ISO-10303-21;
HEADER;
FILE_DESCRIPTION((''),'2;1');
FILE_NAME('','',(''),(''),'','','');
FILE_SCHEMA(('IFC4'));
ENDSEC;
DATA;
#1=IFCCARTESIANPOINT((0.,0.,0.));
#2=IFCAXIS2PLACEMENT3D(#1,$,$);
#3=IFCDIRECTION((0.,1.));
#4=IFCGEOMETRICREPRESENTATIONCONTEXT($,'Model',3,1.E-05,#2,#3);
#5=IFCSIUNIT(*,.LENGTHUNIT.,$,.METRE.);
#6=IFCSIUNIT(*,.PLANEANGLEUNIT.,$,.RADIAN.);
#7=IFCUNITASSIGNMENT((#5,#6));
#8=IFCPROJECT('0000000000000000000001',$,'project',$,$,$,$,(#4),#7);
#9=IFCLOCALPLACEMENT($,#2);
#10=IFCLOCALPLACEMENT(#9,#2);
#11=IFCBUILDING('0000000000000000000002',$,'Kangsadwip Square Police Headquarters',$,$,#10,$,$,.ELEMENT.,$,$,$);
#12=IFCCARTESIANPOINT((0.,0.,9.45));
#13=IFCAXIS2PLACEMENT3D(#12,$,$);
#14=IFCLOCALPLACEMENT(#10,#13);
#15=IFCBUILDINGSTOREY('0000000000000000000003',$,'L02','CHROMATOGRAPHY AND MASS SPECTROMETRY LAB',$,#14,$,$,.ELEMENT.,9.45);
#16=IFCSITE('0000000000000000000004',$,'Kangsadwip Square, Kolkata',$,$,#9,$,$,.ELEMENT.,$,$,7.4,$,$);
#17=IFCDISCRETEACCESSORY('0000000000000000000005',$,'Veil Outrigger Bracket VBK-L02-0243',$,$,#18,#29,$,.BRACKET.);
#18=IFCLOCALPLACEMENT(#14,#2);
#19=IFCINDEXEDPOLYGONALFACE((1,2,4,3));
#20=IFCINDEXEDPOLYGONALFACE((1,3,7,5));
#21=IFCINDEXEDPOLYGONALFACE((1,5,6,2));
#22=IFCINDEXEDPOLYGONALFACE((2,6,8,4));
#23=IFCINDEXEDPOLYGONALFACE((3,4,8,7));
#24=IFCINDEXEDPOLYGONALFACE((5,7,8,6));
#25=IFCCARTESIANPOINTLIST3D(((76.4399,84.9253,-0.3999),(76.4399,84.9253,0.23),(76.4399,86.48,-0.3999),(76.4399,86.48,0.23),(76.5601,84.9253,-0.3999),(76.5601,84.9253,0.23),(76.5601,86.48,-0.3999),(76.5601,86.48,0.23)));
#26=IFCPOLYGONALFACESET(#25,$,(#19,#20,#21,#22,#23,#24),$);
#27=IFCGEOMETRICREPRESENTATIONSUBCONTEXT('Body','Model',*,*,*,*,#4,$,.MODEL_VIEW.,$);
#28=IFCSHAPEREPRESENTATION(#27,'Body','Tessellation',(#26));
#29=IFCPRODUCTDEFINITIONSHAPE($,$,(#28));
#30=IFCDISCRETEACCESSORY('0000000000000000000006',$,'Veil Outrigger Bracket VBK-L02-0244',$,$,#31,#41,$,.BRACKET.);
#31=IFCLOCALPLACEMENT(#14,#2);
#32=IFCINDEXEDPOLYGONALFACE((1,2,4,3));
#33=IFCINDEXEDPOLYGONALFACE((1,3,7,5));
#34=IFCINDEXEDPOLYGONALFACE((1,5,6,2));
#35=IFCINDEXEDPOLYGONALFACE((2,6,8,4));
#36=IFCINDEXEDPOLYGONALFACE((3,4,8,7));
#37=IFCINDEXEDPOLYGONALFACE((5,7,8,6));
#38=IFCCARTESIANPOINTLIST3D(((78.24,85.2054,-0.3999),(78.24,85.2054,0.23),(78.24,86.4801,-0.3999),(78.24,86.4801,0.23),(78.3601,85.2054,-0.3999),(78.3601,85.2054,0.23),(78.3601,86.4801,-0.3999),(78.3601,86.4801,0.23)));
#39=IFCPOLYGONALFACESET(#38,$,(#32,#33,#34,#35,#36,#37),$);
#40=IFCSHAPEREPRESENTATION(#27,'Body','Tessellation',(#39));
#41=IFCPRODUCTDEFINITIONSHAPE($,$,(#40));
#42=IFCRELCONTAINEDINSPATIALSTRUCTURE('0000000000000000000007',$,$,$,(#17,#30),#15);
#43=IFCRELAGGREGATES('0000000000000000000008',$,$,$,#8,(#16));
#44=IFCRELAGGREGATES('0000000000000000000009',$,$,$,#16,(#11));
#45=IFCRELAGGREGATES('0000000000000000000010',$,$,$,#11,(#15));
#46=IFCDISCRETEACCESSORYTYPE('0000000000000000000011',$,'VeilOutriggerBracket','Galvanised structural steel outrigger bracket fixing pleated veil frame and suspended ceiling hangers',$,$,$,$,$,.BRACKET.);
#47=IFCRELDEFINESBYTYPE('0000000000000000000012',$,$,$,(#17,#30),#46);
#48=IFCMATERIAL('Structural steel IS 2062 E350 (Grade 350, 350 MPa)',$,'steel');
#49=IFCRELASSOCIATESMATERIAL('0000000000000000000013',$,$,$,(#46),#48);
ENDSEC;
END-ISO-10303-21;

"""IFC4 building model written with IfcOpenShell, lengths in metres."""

from ifc_helpers import new_model, si_unit, direction, frame, origin, origin_2d, place, context, subcontext, project, spatial, rectangle, extrude, material, type_object, element, save


model = new_model("IFC4")

# Units and contexts
model_context = context("Model", 3, precision=1e-05, world=origin(), true_north=direction((0.0, 1.0)))
body_context = subcontext(model_context, "Body", "Model", "MODEL_VIEW")
ifc_project = project(units=[si_unit("LENGTHUNIT", "METRE"), si_unit("PLANEANGLEUNIT", "RADIAN")], contexts=[model_context])

# Site, building, storey
site_placement = place(None, origin())
site = spatial("IfcSite", under=ifc_project, at=site_placement, Name="Kangsadwip Square, Kolkata", CompositionType="ELEMENT", RefElevation=7.4)
building_placement = place(site_placement, origin())
building = spatial("IfcBuilding", under=site, at=building_placement, Name="Kangsadwip Square Police Headquarters", CompositionType="ELEMENT")
storey_placement = place(building_placement, frame((0.0, 0.0, 9.45)))
storey = spatial("IfcBuildingStorey", under=building, at=storey_placement, Name="L02", Description="CHROMATOGRAPHY AND MASS SPECTROMETRY LAB", CompositionType="ELEMENT", Elevation=9.45)

# Discrete accessories
ifc_material_1 = material(Name="Structural steel IS 2062 E350 (Grade 350, 350 MPa)", Category="steel")
discrete_accessory_type = type_object("IfcDiscreteAccessoryType", Name="VeilOutriggerBracket", Description="Galvanised structural steel outrigger bracket fixing pleated veil frame and suspended ceiling hangers", PredefinedType="BRACKET", material=ifc_material_1)
discrete_accessory_1_placement = place(storey_placement, frame((76.5, 85.7026, -0.3999), z_axis=(0.0, 0.0, 1.0), x_axis=(1.0, 0.0, 0.0)))
element("IfcDiscreteAccessory", 1, at=discrete_accessory_1_placement, inside=storey, type_object=discrete_accessory_type, Name="Veil Outrigger Bracket VBK-L02-0243", PredefinedType="BRACKET", context=body_context, shape_type="SweptSolid", body=[
    extrude(rectangle(XDim=0.1201, YDim=1.5547, at=origin_2d()), origin(), (0.0, 0.0, 1.0), 0.6299),
])
discrete_accessory_2_placement = place(storey_placement, frame((78.3, 85.8428, -0.3999), z_axis=(0.0, 0.0, 1.0), x_axis=(1.0, 0.0, 0.0)))
element("IfcDiscreteAccessory", 2, at=discrete_accessory_2_placement, inside=storey, type_object=discrete_accessory_type, Name="Veil Outrigger Bracket VBK-L02-0244", PredefinedType="BRACKET", context=body_context, shape_type="SweptSolid", body=[
    extrude(rectangle(XDim=0.1201, YDim=1.2747, at=origin_2d()), origin(), (0.0, 0.0, 1.0), 0.6299),
])

save(model, "model.ifc")
